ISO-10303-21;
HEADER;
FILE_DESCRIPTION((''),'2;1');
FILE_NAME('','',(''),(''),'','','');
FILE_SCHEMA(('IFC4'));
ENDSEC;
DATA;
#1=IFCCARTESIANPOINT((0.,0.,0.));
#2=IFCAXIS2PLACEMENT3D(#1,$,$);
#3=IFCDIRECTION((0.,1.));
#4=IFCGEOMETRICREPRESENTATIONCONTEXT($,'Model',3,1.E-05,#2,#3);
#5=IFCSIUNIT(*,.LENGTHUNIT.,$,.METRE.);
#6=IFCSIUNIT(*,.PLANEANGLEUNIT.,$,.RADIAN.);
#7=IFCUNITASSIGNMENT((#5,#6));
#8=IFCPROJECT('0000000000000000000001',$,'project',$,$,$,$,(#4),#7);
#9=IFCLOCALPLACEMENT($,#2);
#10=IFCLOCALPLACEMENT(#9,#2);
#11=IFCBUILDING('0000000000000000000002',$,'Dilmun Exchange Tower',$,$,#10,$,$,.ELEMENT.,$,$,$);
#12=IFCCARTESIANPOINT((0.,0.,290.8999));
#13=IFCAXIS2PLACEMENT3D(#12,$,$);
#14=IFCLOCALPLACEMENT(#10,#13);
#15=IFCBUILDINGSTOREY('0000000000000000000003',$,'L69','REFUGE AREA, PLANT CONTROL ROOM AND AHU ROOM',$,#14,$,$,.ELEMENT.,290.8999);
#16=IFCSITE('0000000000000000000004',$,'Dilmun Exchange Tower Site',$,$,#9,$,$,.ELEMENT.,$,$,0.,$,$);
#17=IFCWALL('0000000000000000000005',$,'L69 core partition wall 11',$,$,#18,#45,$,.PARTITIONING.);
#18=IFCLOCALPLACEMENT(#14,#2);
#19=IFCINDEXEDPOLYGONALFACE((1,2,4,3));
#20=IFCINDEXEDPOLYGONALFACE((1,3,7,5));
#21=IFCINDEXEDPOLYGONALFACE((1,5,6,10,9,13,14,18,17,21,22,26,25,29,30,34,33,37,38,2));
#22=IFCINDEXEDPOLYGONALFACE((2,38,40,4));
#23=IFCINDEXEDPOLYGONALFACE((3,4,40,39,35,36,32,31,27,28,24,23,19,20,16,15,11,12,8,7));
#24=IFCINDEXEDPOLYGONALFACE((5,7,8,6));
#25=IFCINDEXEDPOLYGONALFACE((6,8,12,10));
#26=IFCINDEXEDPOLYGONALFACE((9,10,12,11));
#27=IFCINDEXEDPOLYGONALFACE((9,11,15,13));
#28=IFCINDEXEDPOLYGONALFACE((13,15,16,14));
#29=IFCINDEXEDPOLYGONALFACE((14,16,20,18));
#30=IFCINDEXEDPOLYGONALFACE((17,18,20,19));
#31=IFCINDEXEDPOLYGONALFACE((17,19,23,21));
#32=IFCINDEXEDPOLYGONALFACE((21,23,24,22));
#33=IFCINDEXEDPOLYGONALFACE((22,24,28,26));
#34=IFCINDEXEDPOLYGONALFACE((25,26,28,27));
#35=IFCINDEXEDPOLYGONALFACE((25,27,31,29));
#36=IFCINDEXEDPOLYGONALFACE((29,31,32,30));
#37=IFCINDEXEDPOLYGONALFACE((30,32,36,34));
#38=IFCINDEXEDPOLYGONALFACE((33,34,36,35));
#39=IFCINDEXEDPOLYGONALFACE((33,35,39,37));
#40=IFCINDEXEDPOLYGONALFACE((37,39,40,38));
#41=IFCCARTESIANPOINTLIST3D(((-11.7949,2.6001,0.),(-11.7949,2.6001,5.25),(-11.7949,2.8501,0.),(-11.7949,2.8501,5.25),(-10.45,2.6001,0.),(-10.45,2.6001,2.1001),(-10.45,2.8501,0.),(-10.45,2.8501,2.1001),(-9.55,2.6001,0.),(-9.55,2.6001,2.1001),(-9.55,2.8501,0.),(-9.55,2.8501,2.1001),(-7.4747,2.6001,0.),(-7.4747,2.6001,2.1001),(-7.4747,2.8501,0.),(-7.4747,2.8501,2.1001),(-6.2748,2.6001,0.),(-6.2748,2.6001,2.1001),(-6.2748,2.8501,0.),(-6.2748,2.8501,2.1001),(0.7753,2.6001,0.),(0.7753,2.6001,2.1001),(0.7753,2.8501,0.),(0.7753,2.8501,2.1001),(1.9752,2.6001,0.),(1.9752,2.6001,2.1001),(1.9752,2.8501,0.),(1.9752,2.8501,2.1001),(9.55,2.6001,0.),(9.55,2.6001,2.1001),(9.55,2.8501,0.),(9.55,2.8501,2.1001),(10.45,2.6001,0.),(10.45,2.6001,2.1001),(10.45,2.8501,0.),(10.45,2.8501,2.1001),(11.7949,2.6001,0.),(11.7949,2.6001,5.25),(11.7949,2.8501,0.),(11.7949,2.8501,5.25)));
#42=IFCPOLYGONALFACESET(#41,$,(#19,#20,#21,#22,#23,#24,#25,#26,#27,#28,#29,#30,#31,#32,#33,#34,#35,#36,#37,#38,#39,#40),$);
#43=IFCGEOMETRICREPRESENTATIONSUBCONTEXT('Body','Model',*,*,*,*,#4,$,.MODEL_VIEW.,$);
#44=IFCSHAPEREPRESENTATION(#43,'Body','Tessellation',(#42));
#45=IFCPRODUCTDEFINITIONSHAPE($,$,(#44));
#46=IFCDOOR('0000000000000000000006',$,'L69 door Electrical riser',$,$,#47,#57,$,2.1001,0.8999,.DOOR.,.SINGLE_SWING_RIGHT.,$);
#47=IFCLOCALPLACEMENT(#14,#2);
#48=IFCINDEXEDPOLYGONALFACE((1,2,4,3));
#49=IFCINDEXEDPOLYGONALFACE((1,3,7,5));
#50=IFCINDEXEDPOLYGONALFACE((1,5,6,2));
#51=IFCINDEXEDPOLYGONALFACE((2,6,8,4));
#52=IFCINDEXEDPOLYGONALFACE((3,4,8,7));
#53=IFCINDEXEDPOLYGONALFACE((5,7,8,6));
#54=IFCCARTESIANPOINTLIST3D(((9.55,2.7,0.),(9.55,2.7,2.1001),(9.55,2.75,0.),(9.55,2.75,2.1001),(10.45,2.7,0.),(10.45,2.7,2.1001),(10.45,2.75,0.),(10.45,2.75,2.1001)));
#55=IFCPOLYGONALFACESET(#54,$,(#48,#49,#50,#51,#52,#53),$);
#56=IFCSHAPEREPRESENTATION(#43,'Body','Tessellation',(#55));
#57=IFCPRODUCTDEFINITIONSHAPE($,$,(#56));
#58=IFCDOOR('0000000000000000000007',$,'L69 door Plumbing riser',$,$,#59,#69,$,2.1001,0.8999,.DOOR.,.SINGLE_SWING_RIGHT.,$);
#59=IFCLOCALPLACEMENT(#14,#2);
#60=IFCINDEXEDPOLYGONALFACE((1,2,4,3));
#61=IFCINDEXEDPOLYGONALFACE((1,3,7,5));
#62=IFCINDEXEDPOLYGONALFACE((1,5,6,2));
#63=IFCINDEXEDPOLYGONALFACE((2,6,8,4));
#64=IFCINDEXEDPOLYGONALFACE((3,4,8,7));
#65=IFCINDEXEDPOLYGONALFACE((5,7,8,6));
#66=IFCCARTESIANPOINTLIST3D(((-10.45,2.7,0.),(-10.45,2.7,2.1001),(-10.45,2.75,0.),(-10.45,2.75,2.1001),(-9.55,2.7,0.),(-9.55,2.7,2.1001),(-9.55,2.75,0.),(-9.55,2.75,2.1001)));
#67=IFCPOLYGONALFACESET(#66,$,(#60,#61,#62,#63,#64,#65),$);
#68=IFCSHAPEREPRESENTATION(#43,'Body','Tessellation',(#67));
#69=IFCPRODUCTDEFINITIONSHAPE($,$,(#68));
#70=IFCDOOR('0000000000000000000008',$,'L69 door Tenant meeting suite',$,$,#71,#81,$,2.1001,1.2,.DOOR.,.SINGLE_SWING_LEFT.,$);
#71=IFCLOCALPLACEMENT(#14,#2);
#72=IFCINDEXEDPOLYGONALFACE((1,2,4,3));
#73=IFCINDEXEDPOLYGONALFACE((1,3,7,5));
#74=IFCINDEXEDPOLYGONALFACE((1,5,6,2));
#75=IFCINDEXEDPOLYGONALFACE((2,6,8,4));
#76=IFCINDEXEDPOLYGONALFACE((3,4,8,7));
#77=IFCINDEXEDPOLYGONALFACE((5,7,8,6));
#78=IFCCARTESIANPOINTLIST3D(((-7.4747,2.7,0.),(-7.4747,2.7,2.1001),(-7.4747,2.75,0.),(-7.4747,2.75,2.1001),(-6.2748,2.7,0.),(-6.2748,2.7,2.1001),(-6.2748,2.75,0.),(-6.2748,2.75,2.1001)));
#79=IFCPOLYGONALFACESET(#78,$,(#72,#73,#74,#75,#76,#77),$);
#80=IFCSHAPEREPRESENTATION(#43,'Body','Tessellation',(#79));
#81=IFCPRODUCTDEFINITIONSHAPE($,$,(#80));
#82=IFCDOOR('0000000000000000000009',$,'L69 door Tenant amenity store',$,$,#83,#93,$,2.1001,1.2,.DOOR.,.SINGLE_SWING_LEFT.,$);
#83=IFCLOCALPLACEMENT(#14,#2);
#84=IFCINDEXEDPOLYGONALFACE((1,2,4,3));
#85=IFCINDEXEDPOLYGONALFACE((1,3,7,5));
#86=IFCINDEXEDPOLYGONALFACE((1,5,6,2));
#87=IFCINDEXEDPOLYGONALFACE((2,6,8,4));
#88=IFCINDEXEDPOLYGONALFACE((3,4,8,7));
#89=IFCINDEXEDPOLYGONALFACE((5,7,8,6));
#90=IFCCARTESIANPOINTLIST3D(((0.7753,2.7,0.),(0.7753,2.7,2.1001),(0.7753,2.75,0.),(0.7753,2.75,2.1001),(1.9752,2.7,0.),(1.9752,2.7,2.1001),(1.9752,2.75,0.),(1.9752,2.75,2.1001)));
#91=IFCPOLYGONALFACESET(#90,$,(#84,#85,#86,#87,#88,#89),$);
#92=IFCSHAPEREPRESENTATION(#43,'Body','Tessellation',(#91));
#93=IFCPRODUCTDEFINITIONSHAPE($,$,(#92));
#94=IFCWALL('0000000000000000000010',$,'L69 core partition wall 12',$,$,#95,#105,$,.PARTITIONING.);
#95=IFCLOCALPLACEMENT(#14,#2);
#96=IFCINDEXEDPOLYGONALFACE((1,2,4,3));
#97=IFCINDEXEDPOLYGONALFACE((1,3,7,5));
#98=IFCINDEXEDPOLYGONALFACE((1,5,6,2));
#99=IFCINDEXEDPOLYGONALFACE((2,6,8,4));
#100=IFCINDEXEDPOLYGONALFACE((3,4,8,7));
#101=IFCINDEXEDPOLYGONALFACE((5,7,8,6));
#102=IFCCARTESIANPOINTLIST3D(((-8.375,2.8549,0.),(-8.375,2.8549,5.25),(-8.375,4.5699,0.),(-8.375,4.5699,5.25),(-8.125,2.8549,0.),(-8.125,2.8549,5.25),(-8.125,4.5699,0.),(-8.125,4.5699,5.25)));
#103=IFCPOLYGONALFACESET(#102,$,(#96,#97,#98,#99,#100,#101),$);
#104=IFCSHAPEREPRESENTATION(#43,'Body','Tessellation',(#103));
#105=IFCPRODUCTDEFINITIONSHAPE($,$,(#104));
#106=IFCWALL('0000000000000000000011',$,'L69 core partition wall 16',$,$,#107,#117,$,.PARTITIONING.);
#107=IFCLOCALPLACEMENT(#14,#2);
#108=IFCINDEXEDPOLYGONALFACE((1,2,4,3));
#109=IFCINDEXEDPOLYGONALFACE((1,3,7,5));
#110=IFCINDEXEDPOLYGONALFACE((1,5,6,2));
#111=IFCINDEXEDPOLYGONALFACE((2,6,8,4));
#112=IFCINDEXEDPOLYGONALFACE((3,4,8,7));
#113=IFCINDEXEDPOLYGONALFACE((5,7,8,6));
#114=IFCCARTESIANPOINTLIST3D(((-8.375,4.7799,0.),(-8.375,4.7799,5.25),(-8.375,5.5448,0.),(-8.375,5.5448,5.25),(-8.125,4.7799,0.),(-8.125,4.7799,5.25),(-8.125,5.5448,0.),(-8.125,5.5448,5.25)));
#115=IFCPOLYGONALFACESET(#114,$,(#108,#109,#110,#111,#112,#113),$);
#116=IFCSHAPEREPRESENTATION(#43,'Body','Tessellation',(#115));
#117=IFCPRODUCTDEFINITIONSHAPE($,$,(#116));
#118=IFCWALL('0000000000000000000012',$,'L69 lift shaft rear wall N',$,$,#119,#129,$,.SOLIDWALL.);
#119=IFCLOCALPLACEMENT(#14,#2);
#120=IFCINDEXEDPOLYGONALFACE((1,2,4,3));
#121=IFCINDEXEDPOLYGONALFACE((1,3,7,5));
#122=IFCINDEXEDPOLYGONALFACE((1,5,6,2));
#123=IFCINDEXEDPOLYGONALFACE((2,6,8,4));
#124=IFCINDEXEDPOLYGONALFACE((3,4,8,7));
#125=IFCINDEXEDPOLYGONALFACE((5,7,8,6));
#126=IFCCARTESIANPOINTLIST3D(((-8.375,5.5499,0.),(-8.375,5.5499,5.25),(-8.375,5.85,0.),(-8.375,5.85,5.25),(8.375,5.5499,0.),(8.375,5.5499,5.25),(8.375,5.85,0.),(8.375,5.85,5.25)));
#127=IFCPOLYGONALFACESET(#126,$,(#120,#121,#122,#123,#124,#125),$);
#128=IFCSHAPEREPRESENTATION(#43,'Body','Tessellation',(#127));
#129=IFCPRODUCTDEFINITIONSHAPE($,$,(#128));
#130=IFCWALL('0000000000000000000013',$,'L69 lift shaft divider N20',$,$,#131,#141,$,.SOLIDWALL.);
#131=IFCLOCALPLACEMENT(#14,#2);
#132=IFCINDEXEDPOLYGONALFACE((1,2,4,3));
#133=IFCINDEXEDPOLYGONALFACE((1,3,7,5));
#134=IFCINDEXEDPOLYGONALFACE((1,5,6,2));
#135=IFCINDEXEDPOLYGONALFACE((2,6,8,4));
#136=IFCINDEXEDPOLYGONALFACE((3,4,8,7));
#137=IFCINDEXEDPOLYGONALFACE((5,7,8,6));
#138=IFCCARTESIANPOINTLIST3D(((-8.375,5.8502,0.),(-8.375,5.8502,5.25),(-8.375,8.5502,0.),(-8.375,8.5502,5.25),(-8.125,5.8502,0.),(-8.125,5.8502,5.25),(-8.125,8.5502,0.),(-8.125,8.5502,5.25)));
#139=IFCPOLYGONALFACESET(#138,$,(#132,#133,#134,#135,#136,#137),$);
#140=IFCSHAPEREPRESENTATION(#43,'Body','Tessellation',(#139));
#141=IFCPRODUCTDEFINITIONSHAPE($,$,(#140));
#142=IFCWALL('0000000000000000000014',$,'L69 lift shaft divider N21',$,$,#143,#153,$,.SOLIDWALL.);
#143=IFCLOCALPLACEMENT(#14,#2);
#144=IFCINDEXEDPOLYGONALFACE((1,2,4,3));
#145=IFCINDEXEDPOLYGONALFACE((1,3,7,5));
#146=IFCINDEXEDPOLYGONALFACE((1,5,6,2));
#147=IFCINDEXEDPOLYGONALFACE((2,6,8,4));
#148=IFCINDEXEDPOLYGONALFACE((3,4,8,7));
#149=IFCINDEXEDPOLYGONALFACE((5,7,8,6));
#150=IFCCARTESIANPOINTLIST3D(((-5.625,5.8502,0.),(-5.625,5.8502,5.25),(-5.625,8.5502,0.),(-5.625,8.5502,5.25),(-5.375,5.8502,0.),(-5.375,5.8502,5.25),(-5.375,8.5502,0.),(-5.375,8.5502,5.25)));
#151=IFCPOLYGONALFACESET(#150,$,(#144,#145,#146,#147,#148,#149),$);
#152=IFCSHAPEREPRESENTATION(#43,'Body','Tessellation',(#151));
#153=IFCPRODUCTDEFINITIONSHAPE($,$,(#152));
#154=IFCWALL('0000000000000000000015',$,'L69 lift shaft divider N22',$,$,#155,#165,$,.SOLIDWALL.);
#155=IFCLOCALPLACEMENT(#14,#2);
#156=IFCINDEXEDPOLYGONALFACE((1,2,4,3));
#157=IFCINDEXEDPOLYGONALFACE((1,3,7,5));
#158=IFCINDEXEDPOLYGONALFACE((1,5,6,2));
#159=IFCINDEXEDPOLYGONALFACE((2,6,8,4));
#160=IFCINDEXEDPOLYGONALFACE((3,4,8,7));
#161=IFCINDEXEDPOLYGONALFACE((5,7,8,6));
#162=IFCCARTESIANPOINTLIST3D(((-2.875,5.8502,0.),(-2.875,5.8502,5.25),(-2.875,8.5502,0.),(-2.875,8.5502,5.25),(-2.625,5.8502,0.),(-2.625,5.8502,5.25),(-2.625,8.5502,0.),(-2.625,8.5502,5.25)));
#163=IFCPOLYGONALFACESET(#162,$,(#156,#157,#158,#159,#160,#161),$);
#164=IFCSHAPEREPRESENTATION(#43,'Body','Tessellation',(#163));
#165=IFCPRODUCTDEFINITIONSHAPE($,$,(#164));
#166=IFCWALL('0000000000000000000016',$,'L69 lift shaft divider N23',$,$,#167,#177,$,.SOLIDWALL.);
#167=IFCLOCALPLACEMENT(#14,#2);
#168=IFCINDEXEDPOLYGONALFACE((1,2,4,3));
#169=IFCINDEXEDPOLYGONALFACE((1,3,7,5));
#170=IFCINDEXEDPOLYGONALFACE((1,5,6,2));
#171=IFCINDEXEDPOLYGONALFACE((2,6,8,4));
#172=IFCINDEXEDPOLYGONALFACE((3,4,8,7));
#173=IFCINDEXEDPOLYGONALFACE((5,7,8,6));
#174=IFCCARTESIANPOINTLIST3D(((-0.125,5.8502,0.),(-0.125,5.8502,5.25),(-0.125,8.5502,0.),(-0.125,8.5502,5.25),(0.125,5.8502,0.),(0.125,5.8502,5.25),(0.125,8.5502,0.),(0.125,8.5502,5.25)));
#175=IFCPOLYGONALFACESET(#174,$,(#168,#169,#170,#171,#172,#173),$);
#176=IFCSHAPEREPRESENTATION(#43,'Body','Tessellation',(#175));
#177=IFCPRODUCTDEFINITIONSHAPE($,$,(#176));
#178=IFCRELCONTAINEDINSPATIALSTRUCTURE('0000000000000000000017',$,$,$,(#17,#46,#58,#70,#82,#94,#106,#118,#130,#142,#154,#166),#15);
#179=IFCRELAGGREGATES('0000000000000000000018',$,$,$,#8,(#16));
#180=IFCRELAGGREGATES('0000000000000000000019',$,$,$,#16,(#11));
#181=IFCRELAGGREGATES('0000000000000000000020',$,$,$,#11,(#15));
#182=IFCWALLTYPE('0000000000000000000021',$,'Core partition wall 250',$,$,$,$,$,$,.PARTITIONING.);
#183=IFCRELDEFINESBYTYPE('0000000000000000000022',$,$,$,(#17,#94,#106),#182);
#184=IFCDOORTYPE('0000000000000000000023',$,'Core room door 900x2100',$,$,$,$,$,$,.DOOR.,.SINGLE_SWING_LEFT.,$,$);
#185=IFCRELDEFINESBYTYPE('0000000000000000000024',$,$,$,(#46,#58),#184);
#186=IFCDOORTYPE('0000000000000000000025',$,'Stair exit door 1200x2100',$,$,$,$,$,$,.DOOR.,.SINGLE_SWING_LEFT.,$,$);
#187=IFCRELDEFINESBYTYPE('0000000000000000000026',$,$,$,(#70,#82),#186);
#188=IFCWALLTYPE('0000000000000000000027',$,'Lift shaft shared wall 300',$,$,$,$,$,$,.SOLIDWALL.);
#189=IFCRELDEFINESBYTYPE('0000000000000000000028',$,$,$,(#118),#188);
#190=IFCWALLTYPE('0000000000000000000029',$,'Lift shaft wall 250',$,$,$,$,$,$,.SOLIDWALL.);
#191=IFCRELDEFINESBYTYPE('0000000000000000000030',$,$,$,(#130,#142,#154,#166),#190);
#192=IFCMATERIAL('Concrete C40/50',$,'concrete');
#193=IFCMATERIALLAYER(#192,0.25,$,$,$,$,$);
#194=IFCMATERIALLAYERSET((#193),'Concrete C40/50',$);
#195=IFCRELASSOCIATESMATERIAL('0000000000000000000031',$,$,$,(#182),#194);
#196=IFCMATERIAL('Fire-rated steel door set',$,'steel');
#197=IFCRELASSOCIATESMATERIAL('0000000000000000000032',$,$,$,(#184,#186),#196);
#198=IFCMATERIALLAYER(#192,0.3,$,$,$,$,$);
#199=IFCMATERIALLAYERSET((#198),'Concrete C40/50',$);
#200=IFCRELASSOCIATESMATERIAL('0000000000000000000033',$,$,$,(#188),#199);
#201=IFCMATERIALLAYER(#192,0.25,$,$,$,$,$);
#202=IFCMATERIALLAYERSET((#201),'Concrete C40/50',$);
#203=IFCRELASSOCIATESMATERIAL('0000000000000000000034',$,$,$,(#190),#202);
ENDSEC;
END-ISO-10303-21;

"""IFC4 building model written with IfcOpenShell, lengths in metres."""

from ifc_helpers import new_model, si_unit, direction, frame, frame_2d, origin, place, context, subcontext, project, spatial, rectangle, extrude, material, layer, layer_set, type_object, element, fill, save


model = new_model("IFC4")

# Units and contexts
model_context = context("Model", 3, precision=1e-05, world=origin(), true_north=direction((0.0, 1.0)))
body_context = subcontext(model_context, "Body", "Model", "MODEL_VIEW")
ifc_project = project(units=[si_unit("LENGTHUNIT", "METRE"), si_unit("PLANEANGLEUNIT", "RADIAN")], contexts=[model_context])

# Site, building, storey
site_placement = place(None, origin())
site = spatial("IfcSite", under=ifc_project, at=site_placement, Name="Dilmun Exchange Tower Site", CompositionType="ELEMENT", RefElevation=0.0)
building_placement = place(site_placement, origin())
building = spatial("IfcBuilding", under=site, at=building_placement, Name="Dilmun Exchange Tower", CompositionType="ELEMENT")
storey_placement = place(building_placement, frame((0.0, 0.0, 290.8999)))
storey = spatial("IfcBuildingStorey", under=building, at=storey_placement, Name="L69", Description="REFUGE AREA, PLANT CONTROL ROOM AND AHU ROOM", CompositionType="ELEMENT", Elevation=290.8999)

# Shared definitions
ifc_material_1 = material(Name="Concrete C40/50", Category="concrete")

# Wall, openings, doors
ifc_layer_1 = layer(ifc_material_1, 0.25)
ifc_layer_set_1 = layer_set([ifc_layer_1], Name="Concrete C40/50")
wall_type_1 = type_object("IfcWallType", Name="Core partition wall 250", PredefinedType="PARTITIONING", material=ifc_layer_set_1)
wall_1_placement = place(storey_placement, frame((-11.7949, 2.7251, 0.0), z_axis=(0.0, 0.0, 1.0), x_axis=(1.0, 0.0, 0.0)))
wall_1 = element("IfcWall", 1, at=wall_1_placement, inside=storey, type_object=wall_type_1, Name="L69 core partition wall 11", PredefinedType="PARTITIONING", context=body_context, shape_type="SweptSolid", body=[
    extrude(rectangle(XDim=23.5898, YDim=0.25, at=frame_2d((11.7949, 0.0))), origin(), (0.0, 0.0, 1.0), 5.25),
])
opening_1_placement = place(wall_1_placement, frame((21.345, 0.0, 0.0)))
opening_1 = element("IfcOpeningElement", 2, at=opening_1_placement, cuts=wall_1, PredefinedType="OPENING", context=body_context, shape_type="SweptSolid", body=[
    extrude(rectangle(XDim=0.8999, YDim=2.1001, at=frame_2d((0.45, 1.05))), frame((0.0, 0.135, 0.0), z_axis=(0.0, -1.0, 0.0), x_axis=(1.0, 0.0, 0.0)), (0.0, 0.0, 1.0), 0.27),
])
opening_2_placement = place(wall_1_placement, frame((1.345, 0.0, 0.0)))
opening_2 = element("IfcOpeningElement", 3, at=opening_2_placement, cuts=wall_1, PredefinedType="OPENING", context=body_context, shape_type="SweptSolid", body=[
    extrude(rectangle(XDim=0.8999, YDim=2.1001, at=frame_2d((0.45, 1.05))), frame((0.0, 0.135, 0.0), z_axis=(0.0, -1.0, 0.0), x_axis=(1.0, 0.0, 0.0)), (0.0, 0.0, 1.0), 0.27),
])
opening_3_placement = place(wall_1_placement, frame((4.3201, 0.0, 0.0)))
opening_3 = element("IfcOpeningElement", 4, at=opening_3_placement, cuts=wall_1, PredefinedType="OPENING", context=body_context, shape_type="SweptSolid", body=[
    extrude(rectangle(XDim=1.2, YDim=2.1001, at=frame_2d((0.6001, 1.05))), frame((0.0, 0.135, 0.0), z_axis=(0.0, -1.0, 0.0), x_axis=(1.0, 0.0, 0.0)), (0.0, 0.0, 1.0), 0.27),
])
opening_4_placement = place(wall_1_placement, frame((12.5701, 0.0, 0.0)))
opening_4 = element("IfcOpeningElement", 5, at=opening_4_placement, cuts=wall_1, PredefinedType="OPENING", context=body_context, shape_type="SweptSolid", body=[
    extrude(rectangle(XDim=1.2, YDim=2.1001, at=frame_2d((0.6001, 1.05))), frame((0.0, 0.135, 0.0), z_axis=(0.0, -1.0, 0.0), x_axis=(1.0, 0.0, 0.0)), (0.0, 0.0, 1.0), 0.27),
])
ifc_material_2 = material(Name="Fire-rated steel door set", Category="steel")
door_type_1 = type_object("IfcDoorType", Name="Core room door 900x2100", OperationType="SINGLE_SWING_LEFT", PredefinedType="DOOR", material=ifc_material_2)
door_1_placement = place(opening_1_placement, origin())
door_1 = element("IfcDoor", 6, at=door_1_placement, inside=storey, type_object=door_type_1, Name="L69 door Electrical riser", OperationType="SINGLE_SWING_RIGHT", OverallHeight=2.1001, OverallWidth=0.8999, PredefinedType="DOOR", context=body_context, shape_type="SweptSolid", body=[
    extrude(rectangle(XDim=0.8999, YDim=2.1001, at=frame_2d((0.45, 1.05))), frame((0.0, 0.0249, 0.0), z_axis=(0.0, -1.0, 0.0), x_axis=(1.0, 0.0, 0.0)), (0.0, 0.0, 1.0), 0.05),
])
fill(opening_1, door_1)
door_2_placement = place(opening_2_placement, origin())
door_2 = element("IfcDoor", 7, at=door_2_placement, inside=storey, type_object=door_type_1, Name="L69 door Plumbing riser", OperationType="SINGLE_SWING_RIGHT", OverallHeight=2.1001, OverallWidth=0.8999, PredefinedType="DOOR", context=body_context, shape_type="SweptSolid", body=[
    extrude(rectangle(XDim=0.8999, YDim=2.1001, at=frame_2d((0.45, 1.05))), frame((0.0, 0.0249, 0.0), z_axis=(0.0, -1.0, 0.0), x_axis=(1.0, 0.0, 0.0)), (0.0, 0.0, 1.0), 0.05),
])
fill(opening_2, door_2)
door_type_2 = type_object("IfcDoorType", Name="Stair exit door 1200x2100", OperationType="SINGLE_SWING_LEFT", PredefinedType="DOOR", material=ifc_material_2)
door_3_placement = place(opening_3_placement, origin())
door_3 = element("IfcDoor", 8, at=door_3_placement, inside=storey, type_object=door_type_2, Name="L69 door Tenant meeting suite", OperationType="SINGLE_SWING_LEFT", OverallHeight=2.1001, OverallWidth=1.2, PredefinedType="DOOR", context=body_context, shape_type="SweptSolid", body=[
    extrude(rectangle(XDim=1.2, YDim=2.1001, at=frame_2d((0.6001, 1.05))), frame((0.0, 0.0249, 0.0), z_axis=(0.0, -1.0, 0.0), x_axis=(1.0, 0.0, 0.0)), (0.0, 0.0, 1.0), 0.05),
])
fill(opening_3, door_3)
door_4_placement = place(opening_4_placement, origin())
door_4 = element("IfcDoor", 9, at=door_4_placement, inside=storey, type_object=door_type_2, Name="L69 door Tenant amenity store", OperationType="SINGLE_SWING_LEFT", OverallHeight=2.1001, OverallWidth=1.2, PredefinedType="DOOR", context=body_context, shape_type="SweptSolid", body=[
    extrude(rectangle(XDim=1.2, YDim=2.1001, at=frame_2d((0.6001, 1.05))), frame((0.0, 0.0249, 0.0), z_axis=(0.0, -1.0, 0.0), x_axis=(1.0, 0.0, 0.0)), (0.0, 0.0, 1.0), 0.05),
])
fill(opening_4, door_4)

# Walls
wall_2_placement = place(storey_placement, frame((-8.25, 2.855, 0.0), z_axis=(0.0, 0.0, 1.0), x_axis=(0.0, 1.0, 0.0)))
element("IfcWall", 10, at=wall_2_placement, inside=storey, type_object=wall_type_1, Name="L69 core partition wall 12", PredefinedType="PARTITIONING", context=body_context, shape_type="SweptSolid", body=[
    extrude(rectangle(XDim=1.7151, YDim=0.25, at=frame_2d((0.8574, 0.0))), origin(), (0.0, 0.0, 1.0), 5.25),
])
wall_3_placement = place(storey_placement, frame((-8.25, 4.78, 0.0), z_axis=(0.0, 0.0, 1.0), x_axis=(0.0, 1.0, 0.0)))
element("IfcWall", 11, at=wall_3_placement, inside=storey, type_object=wall_type_1, Name="L69 core partition wall 16", PredefinedType="PARTITIONING", context=body_context, shape_type="SweptSolid", body=[
    extrude(rectangle(XDim=0.7649, YDim=0.25, at=frame_2d((0.3823, 0.0))), origin(), (0.0, 0.0, 1.0), 5.25),
])
ifc_layer_2 = layer(ifc_material_1, 0.3)
ifc_layer_set_2 = layer_set([ifc_layer_2], Name="Concrete C40/50")
wall_type_2 = type_object("IfcWallType", Name="Lift shaft shared wall 300", PredefinedType="SOLIDWALL", material=ifc_layer_set_2)
wall_4_placement = place(storey_placement, frame((-8.375, 5.7, 0.0), z_axis=(0.0, 0.0, 1.0), x_axis=(1.0, 0.0, 0.0)))
element("IfcWall", 12, at=wall_4_placement, inside=storey, type_object=wall_type_2, Name="L69 lift shaft rear wall N", PredefinedType="SOLIDWALL", context=body_context, shape_type="SweptSolid", body=[
    extrude(rectangle(XDim=16.75, YDim=0.3, at=frame_2d((8.375, 0.0))), origin(), (0.0, 0.0, 1.0), 5.25),
])
ifc_layer_3 = layer(ifc_material_1, 0.25)
ifc_layer_set_3 = layer_set([ifc_layer_3], Name="Concrete C40/50")
wall_type_3 = type_object("IfcWallType", Name="Lift shaft wall 250", PredefinedType="SOLIDWALL", material=ifc_layer_set_3)
for number, where, z_axis, x_axis, name in (
    (13, (-8.25, 5.8501, 0.0), (0.0, 0.0, 1.0), (0.0, 1.0, 0.0), "L69 lift shaft divider N20"),
    (14, (-5.5, 5.8501, 0.0), (0.0, 0.0, 1.0), (0.0, 1.0, 0.0), "L69 lift shaft divider N21"),
    (15, (-2.75, 5.8501, 0.0), (0.0, 0.0, 1.0), (0.0, 1.0, 0.0), "L69 lift shaft divider N22"),
    (16, (0.0, 5.8501, 0.0), (0.0, 0.0, 1.0), (0.0, 1.0, 0.0), "L69 lift shaft divider N23"),
):
    element("IfcWall", number, at=place(storey_placement, frame(where, z_axis=z_axis, x_axis=x_axis)), inside=storey, type_object=wall_type_3, Name=name, PredefinedType="SOLIDWALL", context=body_context, shape_type="SweptSolid", body=[
        extrude(rectangle(XDim=2.7, YDim=0.25, at=frame_2d((1.3501, 0.0))), origin(), (0.0, 0.0, 1.0), 5.25),
    ])

save(model, "model.ifc")
